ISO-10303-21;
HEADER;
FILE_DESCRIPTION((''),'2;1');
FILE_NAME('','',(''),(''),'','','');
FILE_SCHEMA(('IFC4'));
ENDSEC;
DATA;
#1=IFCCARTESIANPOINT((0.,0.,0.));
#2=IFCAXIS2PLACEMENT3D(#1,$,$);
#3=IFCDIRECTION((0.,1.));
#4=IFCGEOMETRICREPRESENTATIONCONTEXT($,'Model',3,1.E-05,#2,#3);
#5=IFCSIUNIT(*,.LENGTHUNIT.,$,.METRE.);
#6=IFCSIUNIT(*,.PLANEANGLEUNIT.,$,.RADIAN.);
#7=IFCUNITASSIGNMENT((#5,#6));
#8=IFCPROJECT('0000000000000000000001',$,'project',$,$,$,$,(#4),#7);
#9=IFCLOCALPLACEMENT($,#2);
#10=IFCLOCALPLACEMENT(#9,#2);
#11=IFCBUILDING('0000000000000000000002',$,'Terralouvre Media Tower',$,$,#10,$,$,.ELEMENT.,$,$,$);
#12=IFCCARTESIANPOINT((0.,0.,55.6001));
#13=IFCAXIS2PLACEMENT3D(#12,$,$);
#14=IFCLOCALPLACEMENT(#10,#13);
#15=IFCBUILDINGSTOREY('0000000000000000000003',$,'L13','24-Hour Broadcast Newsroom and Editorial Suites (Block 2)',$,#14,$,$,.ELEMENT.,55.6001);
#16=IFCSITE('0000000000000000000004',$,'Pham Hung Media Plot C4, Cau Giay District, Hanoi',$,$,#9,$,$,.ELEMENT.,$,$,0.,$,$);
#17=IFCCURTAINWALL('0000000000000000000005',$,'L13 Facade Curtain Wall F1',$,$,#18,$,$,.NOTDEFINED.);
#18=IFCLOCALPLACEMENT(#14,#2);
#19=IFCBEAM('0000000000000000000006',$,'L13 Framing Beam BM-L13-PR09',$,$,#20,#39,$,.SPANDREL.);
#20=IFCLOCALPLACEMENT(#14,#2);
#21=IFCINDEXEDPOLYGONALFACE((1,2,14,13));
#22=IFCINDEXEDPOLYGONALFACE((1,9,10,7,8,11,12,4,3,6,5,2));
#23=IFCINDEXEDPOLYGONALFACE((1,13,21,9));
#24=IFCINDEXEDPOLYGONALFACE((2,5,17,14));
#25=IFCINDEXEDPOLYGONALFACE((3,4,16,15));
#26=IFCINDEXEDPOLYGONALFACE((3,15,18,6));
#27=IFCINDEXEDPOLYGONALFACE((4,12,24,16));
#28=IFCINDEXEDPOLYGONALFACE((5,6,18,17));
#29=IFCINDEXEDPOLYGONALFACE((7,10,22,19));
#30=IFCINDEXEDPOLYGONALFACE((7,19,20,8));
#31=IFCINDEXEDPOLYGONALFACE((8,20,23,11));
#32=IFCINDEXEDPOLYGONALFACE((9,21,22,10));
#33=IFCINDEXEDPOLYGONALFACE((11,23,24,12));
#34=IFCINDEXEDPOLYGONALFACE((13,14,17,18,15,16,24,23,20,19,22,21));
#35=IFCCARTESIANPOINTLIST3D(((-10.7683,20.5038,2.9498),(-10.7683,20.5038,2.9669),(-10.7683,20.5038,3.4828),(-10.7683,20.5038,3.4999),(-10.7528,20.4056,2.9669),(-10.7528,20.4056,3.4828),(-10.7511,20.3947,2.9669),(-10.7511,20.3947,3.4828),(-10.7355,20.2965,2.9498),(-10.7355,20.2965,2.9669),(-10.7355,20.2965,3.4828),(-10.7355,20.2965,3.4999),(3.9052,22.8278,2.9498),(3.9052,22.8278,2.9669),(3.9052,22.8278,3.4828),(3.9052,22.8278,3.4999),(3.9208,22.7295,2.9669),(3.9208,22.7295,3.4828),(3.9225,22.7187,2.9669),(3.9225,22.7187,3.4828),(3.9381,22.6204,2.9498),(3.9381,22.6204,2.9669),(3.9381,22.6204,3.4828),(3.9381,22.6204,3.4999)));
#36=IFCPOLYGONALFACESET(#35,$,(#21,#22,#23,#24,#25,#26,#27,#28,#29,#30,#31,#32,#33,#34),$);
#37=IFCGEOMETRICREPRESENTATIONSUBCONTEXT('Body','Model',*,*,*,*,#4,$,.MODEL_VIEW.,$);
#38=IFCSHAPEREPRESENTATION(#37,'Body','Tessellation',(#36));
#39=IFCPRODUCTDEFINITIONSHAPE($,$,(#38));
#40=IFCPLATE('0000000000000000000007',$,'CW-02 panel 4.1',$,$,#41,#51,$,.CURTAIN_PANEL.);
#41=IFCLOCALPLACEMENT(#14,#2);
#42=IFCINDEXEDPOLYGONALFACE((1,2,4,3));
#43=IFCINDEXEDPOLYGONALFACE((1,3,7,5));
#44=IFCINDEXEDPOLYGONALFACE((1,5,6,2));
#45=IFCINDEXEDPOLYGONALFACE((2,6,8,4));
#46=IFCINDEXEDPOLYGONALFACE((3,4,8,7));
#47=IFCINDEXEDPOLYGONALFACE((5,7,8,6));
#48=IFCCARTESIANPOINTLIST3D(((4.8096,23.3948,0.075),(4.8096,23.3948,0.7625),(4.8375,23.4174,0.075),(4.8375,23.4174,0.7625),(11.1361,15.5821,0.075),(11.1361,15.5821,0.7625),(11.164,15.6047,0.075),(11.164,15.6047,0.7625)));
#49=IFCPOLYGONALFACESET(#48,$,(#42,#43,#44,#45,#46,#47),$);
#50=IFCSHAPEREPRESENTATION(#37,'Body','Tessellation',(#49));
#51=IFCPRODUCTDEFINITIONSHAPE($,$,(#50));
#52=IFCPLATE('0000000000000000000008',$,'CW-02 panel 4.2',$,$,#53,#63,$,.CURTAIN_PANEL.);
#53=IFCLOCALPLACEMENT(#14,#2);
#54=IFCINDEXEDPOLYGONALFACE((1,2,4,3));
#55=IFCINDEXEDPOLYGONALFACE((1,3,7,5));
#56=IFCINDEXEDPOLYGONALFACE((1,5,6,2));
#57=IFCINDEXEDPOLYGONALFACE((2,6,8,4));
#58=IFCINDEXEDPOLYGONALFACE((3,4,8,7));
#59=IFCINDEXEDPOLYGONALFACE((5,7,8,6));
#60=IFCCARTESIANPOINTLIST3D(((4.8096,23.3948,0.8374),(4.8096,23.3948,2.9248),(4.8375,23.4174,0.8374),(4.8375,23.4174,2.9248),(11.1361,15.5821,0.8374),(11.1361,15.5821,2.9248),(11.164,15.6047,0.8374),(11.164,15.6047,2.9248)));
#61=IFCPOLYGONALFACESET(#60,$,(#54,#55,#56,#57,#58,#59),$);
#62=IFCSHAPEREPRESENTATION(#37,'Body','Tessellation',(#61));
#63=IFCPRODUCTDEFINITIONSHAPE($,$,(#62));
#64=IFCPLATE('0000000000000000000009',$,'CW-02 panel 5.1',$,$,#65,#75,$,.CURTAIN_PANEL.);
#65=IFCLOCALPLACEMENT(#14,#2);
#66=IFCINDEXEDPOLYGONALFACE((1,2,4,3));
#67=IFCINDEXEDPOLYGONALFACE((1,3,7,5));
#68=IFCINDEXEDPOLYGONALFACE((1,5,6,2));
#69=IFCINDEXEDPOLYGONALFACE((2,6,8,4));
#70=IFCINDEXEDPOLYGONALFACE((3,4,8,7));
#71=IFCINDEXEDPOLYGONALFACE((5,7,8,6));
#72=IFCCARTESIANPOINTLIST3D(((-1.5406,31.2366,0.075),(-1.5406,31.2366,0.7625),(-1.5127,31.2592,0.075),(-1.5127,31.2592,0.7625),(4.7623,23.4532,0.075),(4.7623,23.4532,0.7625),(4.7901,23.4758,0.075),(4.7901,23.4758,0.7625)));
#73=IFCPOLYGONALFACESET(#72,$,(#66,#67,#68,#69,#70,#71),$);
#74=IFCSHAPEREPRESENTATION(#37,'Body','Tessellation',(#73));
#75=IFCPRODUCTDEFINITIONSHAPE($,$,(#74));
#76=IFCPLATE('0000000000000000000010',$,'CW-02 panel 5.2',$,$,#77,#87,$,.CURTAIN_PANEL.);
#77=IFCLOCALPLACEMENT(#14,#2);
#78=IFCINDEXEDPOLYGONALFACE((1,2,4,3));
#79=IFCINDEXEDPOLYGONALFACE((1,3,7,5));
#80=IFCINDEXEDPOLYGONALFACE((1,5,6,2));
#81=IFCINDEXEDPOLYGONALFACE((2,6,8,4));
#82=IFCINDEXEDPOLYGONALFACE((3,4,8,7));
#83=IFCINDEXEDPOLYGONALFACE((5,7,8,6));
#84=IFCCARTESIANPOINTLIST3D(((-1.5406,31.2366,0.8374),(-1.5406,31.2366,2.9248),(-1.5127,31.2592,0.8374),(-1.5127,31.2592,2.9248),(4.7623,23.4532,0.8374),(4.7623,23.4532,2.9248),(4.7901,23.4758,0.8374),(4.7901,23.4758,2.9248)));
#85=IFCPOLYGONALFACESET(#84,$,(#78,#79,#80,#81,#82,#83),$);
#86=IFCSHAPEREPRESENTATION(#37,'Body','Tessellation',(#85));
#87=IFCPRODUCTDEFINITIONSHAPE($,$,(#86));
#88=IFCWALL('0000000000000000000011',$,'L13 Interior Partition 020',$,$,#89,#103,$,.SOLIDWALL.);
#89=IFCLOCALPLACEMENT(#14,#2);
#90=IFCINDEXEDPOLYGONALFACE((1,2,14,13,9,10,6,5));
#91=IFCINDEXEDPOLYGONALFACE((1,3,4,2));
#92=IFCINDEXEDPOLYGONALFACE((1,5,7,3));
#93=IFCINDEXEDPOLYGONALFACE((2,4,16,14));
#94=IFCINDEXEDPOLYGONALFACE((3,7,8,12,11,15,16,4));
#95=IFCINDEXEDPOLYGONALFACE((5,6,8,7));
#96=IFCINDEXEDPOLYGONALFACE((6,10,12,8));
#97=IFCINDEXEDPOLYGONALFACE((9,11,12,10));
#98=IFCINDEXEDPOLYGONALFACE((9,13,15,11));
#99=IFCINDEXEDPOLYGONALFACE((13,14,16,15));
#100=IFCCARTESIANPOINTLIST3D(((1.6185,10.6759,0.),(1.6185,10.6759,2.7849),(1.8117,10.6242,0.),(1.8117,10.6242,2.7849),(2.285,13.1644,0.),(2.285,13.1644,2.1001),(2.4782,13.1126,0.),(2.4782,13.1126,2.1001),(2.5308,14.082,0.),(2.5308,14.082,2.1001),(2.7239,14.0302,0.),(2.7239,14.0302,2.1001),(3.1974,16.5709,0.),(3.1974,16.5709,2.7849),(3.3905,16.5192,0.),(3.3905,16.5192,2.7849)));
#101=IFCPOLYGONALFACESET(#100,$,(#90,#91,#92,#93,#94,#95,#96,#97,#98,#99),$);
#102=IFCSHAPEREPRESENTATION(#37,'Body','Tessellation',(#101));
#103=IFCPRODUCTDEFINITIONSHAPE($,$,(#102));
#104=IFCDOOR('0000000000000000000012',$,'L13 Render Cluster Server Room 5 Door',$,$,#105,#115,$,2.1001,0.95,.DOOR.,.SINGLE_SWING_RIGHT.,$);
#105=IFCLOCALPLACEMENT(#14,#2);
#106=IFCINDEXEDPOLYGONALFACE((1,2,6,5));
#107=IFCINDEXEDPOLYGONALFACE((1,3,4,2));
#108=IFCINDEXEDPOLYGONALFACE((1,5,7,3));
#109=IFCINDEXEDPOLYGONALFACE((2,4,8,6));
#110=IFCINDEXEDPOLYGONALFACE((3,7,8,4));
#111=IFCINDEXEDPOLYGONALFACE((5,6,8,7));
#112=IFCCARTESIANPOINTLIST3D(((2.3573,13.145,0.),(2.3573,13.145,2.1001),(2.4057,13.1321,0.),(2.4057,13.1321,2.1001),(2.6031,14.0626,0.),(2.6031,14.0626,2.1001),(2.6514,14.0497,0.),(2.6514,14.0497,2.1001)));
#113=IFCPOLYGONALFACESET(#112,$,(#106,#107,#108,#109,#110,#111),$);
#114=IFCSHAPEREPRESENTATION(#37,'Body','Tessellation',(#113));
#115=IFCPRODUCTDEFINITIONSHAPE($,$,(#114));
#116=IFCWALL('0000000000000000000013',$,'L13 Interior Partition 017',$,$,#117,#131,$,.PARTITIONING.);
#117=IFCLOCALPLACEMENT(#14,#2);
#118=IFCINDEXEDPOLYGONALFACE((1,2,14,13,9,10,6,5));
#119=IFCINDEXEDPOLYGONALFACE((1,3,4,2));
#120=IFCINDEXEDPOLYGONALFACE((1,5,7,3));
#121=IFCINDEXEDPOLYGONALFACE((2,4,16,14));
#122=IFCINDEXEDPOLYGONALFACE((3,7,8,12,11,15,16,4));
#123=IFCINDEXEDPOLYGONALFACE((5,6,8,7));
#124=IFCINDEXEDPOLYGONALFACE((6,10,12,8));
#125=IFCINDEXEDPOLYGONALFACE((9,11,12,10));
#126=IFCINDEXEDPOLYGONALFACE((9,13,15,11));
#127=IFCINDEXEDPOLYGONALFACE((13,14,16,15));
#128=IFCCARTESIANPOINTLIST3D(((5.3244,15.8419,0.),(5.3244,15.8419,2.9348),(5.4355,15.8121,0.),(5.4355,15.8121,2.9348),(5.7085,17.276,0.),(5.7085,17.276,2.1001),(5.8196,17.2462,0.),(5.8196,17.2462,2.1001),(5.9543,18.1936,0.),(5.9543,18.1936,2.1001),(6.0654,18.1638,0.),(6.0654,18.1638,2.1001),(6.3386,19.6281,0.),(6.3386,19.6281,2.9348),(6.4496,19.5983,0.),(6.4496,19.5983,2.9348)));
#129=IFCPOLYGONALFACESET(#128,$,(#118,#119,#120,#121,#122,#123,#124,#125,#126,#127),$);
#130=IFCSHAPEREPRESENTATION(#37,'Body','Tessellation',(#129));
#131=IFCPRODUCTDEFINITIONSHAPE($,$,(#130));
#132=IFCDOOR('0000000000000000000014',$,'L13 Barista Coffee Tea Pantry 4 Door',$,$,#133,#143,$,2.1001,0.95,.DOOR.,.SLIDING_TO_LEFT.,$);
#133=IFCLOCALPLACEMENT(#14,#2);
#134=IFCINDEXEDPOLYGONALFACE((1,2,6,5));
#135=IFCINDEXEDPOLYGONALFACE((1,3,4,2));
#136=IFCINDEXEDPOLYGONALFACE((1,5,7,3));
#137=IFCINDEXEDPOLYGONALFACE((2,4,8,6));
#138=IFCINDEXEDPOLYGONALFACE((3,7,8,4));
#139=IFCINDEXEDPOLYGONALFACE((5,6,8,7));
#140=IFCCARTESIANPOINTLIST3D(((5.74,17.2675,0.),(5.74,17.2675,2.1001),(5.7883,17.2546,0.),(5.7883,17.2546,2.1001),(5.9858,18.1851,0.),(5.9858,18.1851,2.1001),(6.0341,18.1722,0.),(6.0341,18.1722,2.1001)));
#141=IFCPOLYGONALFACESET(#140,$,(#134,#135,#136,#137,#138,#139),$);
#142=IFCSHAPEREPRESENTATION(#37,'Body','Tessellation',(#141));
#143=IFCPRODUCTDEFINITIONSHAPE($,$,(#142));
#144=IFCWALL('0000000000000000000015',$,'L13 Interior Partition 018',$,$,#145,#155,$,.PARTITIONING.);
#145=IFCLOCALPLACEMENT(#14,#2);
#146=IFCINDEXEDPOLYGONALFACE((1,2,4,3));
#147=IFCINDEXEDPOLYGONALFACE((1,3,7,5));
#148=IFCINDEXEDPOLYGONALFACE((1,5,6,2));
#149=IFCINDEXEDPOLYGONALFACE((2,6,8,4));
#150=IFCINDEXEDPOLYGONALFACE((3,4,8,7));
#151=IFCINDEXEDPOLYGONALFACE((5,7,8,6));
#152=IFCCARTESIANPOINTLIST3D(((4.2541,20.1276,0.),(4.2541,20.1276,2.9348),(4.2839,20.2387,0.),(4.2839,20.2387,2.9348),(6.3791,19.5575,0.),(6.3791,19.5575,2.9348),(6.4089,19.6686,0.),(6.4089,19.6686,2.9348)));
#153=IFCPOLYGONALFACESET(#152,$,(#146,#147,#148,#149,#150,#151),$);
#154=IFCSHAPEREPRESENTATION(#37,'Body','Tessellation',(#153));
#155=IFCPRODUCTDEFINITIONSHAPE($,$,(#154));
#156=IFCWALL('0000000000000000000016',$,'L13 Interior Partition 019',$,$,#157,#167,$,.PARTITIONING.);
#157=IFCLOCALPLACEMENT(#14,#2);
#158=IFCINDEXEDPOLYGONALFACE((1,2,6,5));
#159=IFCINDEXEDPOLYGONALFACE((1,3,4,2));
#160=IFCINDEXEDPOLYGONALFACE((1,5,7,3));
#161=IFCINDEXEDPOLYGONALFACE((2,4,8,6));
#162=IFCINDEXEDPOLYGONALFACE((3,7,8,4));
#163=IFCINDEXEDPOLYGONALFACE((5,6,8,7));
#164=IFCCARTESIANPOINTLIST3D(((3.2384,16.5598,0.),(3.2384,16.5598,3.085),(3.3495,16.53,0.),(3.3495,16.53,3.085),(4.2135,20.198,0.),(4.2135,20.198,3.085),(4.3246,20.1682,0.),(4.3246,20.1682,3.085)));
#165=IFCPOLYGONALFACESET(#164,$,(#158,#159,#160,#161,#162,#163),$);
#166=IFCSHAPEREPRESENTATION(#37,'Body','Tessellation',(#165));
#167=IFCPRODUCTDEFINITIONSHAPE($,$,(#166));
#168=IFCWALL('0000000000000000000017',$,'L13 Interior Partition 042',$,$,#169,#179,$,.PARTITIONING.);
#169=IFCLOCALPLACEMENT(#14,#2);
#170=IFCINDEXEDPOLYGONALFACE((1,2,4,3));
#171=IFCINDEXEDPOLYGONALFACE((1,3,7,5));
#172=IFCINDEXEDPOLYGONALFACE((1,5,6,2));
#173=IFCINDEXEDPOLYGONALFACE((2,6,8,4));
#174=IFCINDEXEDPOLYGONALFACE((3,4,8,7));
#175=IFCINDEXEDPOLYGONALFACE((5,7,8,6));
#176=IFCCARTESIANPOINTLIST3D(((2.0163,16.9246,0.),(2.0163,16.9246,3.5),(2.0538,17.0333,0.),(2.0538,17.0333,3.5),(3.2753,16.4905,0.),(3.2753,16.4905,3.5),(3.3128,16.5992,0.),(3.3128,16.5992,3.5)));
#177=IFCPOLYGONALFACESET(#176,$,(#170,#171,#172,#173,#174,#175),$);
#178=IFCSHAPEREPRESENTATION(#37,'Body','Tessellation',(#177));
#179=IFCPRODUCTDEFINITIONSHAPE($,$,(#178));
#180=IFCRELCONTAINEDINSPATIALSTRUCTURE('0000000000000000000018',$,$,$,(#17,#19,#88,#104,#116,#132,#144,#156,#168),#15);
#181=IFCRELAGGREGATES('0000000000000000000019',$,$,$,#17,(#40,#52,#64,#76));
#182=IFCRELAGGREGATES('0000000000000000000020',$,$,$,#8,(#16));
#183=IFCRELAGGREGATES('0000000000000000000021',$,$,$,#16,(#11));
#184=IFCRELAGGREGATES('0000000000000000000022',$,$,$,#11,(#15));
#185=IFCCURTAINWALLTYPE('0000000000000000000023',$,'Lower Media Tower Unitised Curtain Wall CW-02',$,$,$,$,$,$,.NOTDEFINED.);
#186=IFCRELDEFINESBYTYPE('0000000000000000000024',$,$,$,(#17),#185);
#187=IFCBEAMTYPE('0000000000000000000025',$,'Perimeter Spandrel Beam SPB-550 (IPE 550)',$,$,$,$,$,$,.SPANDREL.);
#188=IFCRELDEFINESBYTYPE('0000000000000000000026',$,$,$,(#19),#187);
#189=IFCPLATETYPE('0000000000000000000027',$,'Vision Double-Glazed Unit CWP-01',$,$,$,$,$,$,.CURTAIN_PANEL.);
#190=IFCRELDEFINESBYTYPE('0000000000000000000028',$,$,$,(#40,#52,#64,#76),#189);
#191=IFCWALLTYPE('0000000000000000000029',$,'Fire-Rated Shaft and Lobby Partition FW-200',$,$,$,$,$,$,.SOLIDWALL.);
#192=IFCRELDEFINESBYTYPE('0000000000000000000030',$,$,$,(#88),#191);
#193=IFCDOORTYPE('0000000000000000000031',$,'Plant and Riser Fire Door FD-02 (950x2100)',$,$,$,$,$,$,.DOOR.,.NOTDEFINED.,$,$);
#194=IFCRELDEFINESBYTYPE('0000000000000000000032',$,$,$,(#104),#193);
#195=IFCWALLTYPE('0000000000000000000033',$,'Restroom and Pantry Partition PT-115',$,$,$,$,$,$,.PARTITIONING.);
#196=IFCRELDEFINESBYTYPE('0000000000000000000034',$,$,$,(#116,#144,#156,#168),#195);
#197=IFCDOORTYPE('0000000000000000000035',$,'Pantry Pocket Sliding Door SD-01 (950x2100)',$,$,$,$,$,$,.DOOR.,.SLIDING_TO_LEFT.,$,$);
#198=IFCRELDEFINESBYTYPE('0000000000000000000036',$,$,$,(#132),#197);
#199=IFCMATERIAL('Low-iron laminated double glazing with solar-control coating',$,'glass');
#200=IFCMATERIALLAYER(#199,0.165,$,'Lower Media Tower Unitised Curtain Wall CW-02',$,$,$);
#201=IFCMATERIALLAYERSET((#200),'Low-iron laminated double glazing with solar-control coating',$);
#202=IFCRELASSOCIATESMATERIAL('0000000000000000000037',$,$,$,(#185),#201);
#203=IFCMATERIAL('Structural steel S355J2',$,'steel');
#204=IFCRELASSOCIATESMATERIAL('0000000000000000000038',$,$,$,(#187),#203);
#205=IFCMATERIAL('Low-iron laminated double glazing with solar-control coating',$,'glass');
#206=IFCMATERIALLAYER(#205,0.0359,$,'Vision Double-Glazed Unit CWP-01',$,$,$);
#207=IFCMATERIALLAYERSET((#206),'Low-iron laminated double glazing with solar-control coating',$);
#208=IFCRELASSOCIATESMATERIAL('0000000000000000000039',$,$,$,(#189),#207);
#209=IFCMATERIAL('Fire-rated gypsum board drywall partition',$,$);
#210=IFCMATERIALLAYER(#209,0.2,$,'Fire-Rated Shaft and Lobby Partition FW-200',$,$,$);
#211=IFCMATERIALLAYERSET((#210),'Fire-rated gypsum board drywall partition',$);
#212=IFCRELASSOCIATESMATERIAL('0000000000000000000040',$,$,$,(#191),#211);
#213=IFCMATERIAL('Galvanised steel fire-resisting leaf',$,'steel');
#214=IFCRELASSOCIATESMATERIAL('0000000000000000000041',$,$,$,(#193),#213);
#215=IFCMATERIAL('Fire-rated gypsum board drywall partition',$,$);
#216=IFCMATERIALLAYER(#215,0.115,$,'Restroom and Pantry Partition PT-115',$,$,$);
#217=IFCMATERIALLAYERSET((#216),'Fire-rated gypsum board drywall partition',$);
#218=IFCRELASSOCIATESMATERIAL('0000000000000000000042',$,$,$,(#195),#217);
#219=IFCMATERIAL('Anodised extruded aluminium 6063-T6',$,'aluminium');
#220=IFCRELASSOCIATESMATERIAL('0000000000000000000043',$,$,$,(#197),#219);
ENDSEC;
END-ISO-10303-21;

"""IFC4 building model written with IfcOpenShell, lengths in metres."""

from ifc_helpers import new_model, si_unit, direction, frame, frame_2d, origin, origin_2d, place, context, subcontext, project, spatial, rectangle, i_section, extrude, material, layer, layer_set, material_profile, profile_set, type_object, element, fill, aggregate, save


model = new_model("IFC4")

# Units and contexts
model_context = context("Model", 3, precision=1e-05, world=origin(), true_north=direction((0.0, 1.0)))
body_context = subcontext(model_context, "Body", "Model", "MODEL_VIEW")
ifc_project = project(units=[si_unit("LENGTHUNIT", "METRE"), si_unit("PLANEANGLEUNIT", "RADIAN")], contexts=[model_context])

# Site, building, storey
site_placement = place(None, origin())
site = spatial("IfcSite", under=ifc_project, at=site_placement, Name="Pham Hung Media Plot C4, Cau Giay District, Hanoi", CompositionType="ELEMENT", RefElevation=0.0)
building_placement = place(site_placement, origin())
building = spatial("IfcBuilding", under=site, at=building_placement, Name="Terralouvre Media Tower", CompositionType="ELEMENT")
storey_placement = place(building_placement, frame((0.0, 0.0, 55.6001)))
storey = spatial("IfcBuildingStorey", under=building, at=storey_placement, Name="L13", Description="24-Hour Broadcast Newsroom and Editorial Suites (Block 2)", CompositionType="ELEMENT", Elevation=55.6001)

# Curtain wall
ifc_material_1 = material(Name="Low-iron laminated double glazing with solar-control coating", Category="glass")
ifc_layer_1 = layer(ifc_material_1, 0.165, Name="Lower Media Tower Unitised Curtain Wall CW-02")
ifc_layer_set_1 = layer_set([ifc_layer_1], Name="Low-iron laminated double glazing with solar-control coating")
curtain_wall_type = type_object("IfcCurtainWallType", Name="Lower Media Tower Unitised Curtain Wall CW-02", PredefinedType="NOTDEFINED", material=ifc_layer_set_1)
curtain_wall_placement = place(storey_placement, origin())
curtain_wall = element("IfcCurtainWall", 1, at=curtain_wall_placement, inside=storey, type_object=curtain_wall_type, Name="L13 Facade Curtain Wall F1", PredefinedType="NOTDEFINED")

# Beam
ifc_material_2 = material(Name="Structural steel S355J2", Category="steel")
ifc_material_profile_1 = material_profile(ifc_material_2, i_section(OverallWidth=0.21, OverallDepth=0.55, WebThickness=0.011, FlangeThickness=0.0171, at=origin_2d()), Name="IPE 550")
ifc_profile_set_1 = profile_set([ifc_material_profile_1], Name="Structural steel S355J2")
beam_type_1 = type_object("IfcBeamType", Name="Perimeter Spandrel Beam SPB-550 (IPE 550)", PredefinedType="SPANDREL", material=ifc_profile_set_1)
beam_1_placement = place(storey_placement, frame((3.9216, 22.7241, 3.2249), z_axis=(-0.987689, -0.156428, 0.0), x_axis=(0.156428, -0.987689, 0.0)))
element("IfcBeam", 2, at=beam_1_placement, inside=storey, type_object=beam_type_1, Name="L13 Framing Beam BM-L13-PR09", PredefinedType="SPANDREL", context=body_context, shape_type="SweptSolid", body=[
    extrude(i_section(OverallWidth=0.21, OverallDepth=0.55, WebThickness=0.011, FlangeThickness=0.0171, at=origin_2d()), origin(), (0.0, 0.0, 1.0), 14.8564),
])

# Plates
ifc_material_3 = material(Name="Low-iron laminated double glazing with solar-control coating", Category="glass")
ifc_layer_2 = layer(ifc_material_3, 0.0359, Name="Vision Double-Glazed Unit CWP-01")
ifc_layer_set_2 = layer_set([ifc_layer_2], Name="Low-iron laminated double glazing with solar-control coating")
plate_type = type_object("IfcPlateType", Name="Vision Double-Glazed Unit CWP-01", PredefinedType="CURTAIN_PANEL", material=ifc_layer_set_2)
plate_1_placement = place(storey_placement, frame((7.9868, 19.4998, 0.075), z_axis=(0.0, 0.0, 1.0), x_axis=(-0.62932, 0.777146, 0.0)))
plate_1 = element("IfcPlate", 3, at=plate_1_placement, type_object=plate_type, Name="CW-02 panel 4.1", PredefinedType="CURTAIN_PANEL", context=body_context, shape_type="SweptSolid", body=[
    extrude(rectangle(XDim=10.053, YDim=0.0359, at=origin_2d()), origin(), (0.0, 0.0, 1.0), 0.6875),
])
plate_2_placement = place(storey_placement, frame((7.9868, 19.4998, 0.8374), z_axis=(0.0, 0.0, 1.0), x_axis=(-0.62932, 0.777146, 0.0)))
plate_2 = element("IfcPlate", 4, at=plate_2_placement, type_object=plate_type, Name="CW-02 panel 4.2", PredefinedType="CURTAIN_PANEL", context=body_context, shape_type="SweptSolid", body=[
    extrude(rectangle(XDim=10.053, YDim=0.0359, at=origin_2d()), origin(), (0.0, 0.0, 1.0), 2.0874),
])
plate_3_placement = place(storey_placement, frame((1.6248, 27.3562, 0.075), z_axis=(0.0, 0.0, 1.0), x_axis=(-0.62932, 0.777146, 0.0)))
plate_3 = element("IfcPlate", 5, at=plate_3_placement, type_object=plate_type, Name="CW-02 panel 5.1", PredefinedType="CURTAIN_PANEL", context=body_context, shape_type="SweptSolid", body=[
    extrude(rectangle(XDim=10.0154, YDim=0.0359, at=origin_2d()), origin(), (0.0, 0.0, 1.0), 0.6875),
])
plate_4_placement = place(storey_placement, frame((1.6248, 27.3562, 0.8374), z_axis=(0.0, 0.0, 1.0), x_axis=(-0.62932, 0.777146, 0.0)))
plate_4 = element("IfcPlate", 6, at=plate_4_placement, type_object=plate_type, Name="CW-02 panel 5.2", PredefinedType="CURTAIN_PANEL", context=body_context, shape_type="SweptSolid", body=[
    extrude(rectangle(XDim=10.0154, YDim=0.0359, at=origin_2d()), origin(), (0.0, 0.0, 1.0), 2.0874),
])
aggregate(curtain_wall, [plate_1, plate_2, plate_3, plate_4])

# Walls, openings, doors
ifc_material_4 = material(Name="Fire-rated gypsum board drywall partition")
ifc_layer_3 = layer(ifc_material_4, 0.2, Name="Fire-Rated Shaft and Lobby Partition FW-200")
ifc_layer_set_3 = layer_set([ifc_layer_3], Name="Fire-rated gypsum board drywall partition")
wall_type_1 = type_object("IfcWallType", Name="Fire-Rated Shaft and Lobby Partition FW-200", PredefinedType="SOLIDWALL", material=ifc_layer_set_3)
wall_1_placement = place(storey_placement, frame((3.2939, 16.5449, 0.0), z_axis=(0.0, 0.0, 1.0), x_axis=(-0.258711, -0.965955, 0.0)))
wall_1 = element("IfcWall", 7, at=wall_1_placement, inside=storey, type_object=wall_type_1, Name="L13 Interior Partition 020", PredefinedType="SOLIDWALL", context=body_context, shape_type="SweptSolid", body=[
    extrude(rectangle(XDim=6.1028, YDim=0.2, at=frame_2d((3.0513, 0.0))), origin(), (0.0, 0.0, 1.0), 2.7849),
])
opening_1_placement = place(wall_1_placement, frame((2.5764, 0.0, 0.0)))
opening_1 = element("IfcOpeningElement", 8, at=opening_1_placement, cuts=wall_1, PredefinedType="OPENING", context=body_context, shape_type="SweptSolid", body=[
    extrude(rectangle(XDim=0.95, YDim=2.1001, at=frame_2d((0.4751, 1.05))), frame((0.0, 0.1099, 0.0), z_axis=(0.0, -1.0, 0.0), x_axis=(1.0, 0.0, 0.0)), (0.0, 0.0, 1.0), 0.22),
])
ifc_material_5 = material(Name="Galvanised steel fire-resisting leaf", Category="steel")
door_type_1 = type_object("IfcDoorType", Name="Plant and Riser Fire Door FD-02 (950x2100)", OperationType="NOTDEFINED", PredefinedType="DOOR", material=ifc_material_5)
door_1_placement = place(opening_1_placement, origin())
door_1 = element("IfcDoor", 9, at=door_1_placement, inside=storey, type_object=door_type_1, Name="L13 Render Cluster Server Room 5 Door", OperationType="SINGLE_SWING_RIGHT", OverallHeight=2.1001, OverallWidth=0.95, PredefinedType="DOOR", context=body_context, shape_type="SweptSolid", body=[
    extrude(rectangle(XDim=0.95, YDim=2.1001, at=frame_2d((0.4751, 1.05))), frame((0.0, 0.0249, 0.0), z_axis=(0.0, -1.0, 0.0), x_axis=(1.0, 0.0, 0.0)), (0.0, 0.0, 1.0), 0.05),
])
fill(opening_1, door_1)
ifc_material_6 = material(Name="Fire-rated gypsum board drywall partition")
ifc_layer_4 = layer(ifc_material_6, 0.115, Name="Restroom and Pantry Partition PT-115")
ifc_layer_set_4 = layer_set([ifc_layer_4], Name="Fire-rated gypsum board drywall partition")
wall_type_2 = type_object("IfcWallType", Name="Restroom and Pantry Partition PT-115", PredefinedType="PARTITIONING", material=ifc_layer_set_4)
wall_2_placement = place(storey_placement, frame((5.3799, 15.8269, 0.0), z_axis=(0.0, 0.0, 1.0), x_axis=(0.25874, 0.965947, 0.0)))
wall_2 = element("IfcWall", 10, at=wall_2_placement, inside=storey, type_object=wall_type_2, Name="L13 Interior Partition 017", PredefinedType="PARTITIONING", context=body_context, shape_type="SweptSolid", body=[
    extrude(rectangle(XDim=3.9197, YDim=0.115, at=frame_2d((1.96, 0.0))), origin(), (0.0, 0.0, 1.0), 2.9348),
])
opening_2_placement = place(wall_2_placement, frame((1.4846, 0.0, 0.0)))
opening_2 = element("IfcOpeningElement", 11, at=opening_2_placement, cuts=wall_2, PredefinedType="OPENING", context=body_context, shape_type="SweptSolid", body=[
    extrude(rectangle(XDim=0.95, YDim=2.1001, at=frame_2d((0.4751, 1.05))), frame((0.0, 0.0674, 0.0), z_axis=(0.0, -1.0, 0.0), x_axis=(1.0, 0.0, 0.0)), (0.0, 0.0, 1.0), 0.135),
])
ifc_material_7 = material(Name="Anodised extruded aluminium 6063-T6", Category="aluminium")
door_type_2 = type_object("IfcDoorType", Name="Pantry Pocket Sliding Door SD-01 (950x2100)", OperationType="SLIDING_TO_LEFT", PredefinedType="DOOR", material=ifc_material_7)
door_2_placement = place(opening_2_placement, origin())
door_2 = element("IfcDoor", 12, at=door_2_placement, inside=storey, type_object=door_type_2, Name="L13 Barista Coffee Tea Pantry 4 Door", OperationType="SLIDING_TO_LEFT", OverallHeight=2.1001, OverallWidth=0.95, PredefinedType="DOOR", context=body_context, shape_type="SweptSolid", body=[
    extrude(rectangle(XDim=0.95, YDim=2.1001, at=frame_2d((0.4751, 1.05))), frame((0.0, 0.0249, 0.0), z_axis=(0.0, -1.0, 0.0), x_axis=(1.0, 0.0, 0.0)), (0.0, 0.0, 1.0), 0.05),
])
fill(opening_2, door_2)

# Walls
wall_3_placement = place(storey_placement, frame((6.394, 19.613, 0.0), z_axis=(0.0, 0.0, 1.0), x_axis=(-0.965849, 0.259106, 0.0)))
element("IfcWall", 13, at=wall_3_placement, inside=storey, type_object=wall_type_2, Name="L13 Interior Partition 018", PredefinedType="PARTITIONING", context=body_context, shape_type="SweptSolid", body=[
    extrude(rectangle(XDim=2.2002, YDim=0.115, at=frame_2d((1.1001, 0.0))), origin(), (0.0, 0.0, 1.0), 2.9348),
])
wall_4_placement = place(storey_placement, frame((4.269, 20.1831, 0.0), z_axis=(0.0, 0.0, 1.0), x_axis=(-0.258881, -0.965909, 0.0)))
element("IfcWall", 14, at=wall_4_placement, inside=storey, type_object=wall_type_2, Name="L13 Interior Partition 019", PredefinedType="PARTITIONING", context=body_context, shape_type="SweptSolid", body=[
    extrude(rectangle(XDim=3.7666, YDim=0.115, at=frame_2d((1.8833, 0.0))), origin(), (0.0, 0.0, 1.0), 3.085),
])
wall_5_placement = place(storey_placement, frame((2.0349, 16.979, 0.0), z_axis=(0.0, 0.0, 1.0), x_axis=(0.945389, -0.325945, 0.0)))
element("IfcWall", 15, at=wall_5_placement, inside=storey, type_object=wall_type_2, Name="L13 Interior Partition 042", PredefinedType="PARTITIONING", context=body_context, shape_type="SweptSolid", body=[
    extrude(rectangle(XDim=1.3318, YDim=0.115, at=frame_2d((0.666, 0.0))), origin(), (0.0, 0.0, 1.0), 3.5),
])

save(model, "model.ifc")
